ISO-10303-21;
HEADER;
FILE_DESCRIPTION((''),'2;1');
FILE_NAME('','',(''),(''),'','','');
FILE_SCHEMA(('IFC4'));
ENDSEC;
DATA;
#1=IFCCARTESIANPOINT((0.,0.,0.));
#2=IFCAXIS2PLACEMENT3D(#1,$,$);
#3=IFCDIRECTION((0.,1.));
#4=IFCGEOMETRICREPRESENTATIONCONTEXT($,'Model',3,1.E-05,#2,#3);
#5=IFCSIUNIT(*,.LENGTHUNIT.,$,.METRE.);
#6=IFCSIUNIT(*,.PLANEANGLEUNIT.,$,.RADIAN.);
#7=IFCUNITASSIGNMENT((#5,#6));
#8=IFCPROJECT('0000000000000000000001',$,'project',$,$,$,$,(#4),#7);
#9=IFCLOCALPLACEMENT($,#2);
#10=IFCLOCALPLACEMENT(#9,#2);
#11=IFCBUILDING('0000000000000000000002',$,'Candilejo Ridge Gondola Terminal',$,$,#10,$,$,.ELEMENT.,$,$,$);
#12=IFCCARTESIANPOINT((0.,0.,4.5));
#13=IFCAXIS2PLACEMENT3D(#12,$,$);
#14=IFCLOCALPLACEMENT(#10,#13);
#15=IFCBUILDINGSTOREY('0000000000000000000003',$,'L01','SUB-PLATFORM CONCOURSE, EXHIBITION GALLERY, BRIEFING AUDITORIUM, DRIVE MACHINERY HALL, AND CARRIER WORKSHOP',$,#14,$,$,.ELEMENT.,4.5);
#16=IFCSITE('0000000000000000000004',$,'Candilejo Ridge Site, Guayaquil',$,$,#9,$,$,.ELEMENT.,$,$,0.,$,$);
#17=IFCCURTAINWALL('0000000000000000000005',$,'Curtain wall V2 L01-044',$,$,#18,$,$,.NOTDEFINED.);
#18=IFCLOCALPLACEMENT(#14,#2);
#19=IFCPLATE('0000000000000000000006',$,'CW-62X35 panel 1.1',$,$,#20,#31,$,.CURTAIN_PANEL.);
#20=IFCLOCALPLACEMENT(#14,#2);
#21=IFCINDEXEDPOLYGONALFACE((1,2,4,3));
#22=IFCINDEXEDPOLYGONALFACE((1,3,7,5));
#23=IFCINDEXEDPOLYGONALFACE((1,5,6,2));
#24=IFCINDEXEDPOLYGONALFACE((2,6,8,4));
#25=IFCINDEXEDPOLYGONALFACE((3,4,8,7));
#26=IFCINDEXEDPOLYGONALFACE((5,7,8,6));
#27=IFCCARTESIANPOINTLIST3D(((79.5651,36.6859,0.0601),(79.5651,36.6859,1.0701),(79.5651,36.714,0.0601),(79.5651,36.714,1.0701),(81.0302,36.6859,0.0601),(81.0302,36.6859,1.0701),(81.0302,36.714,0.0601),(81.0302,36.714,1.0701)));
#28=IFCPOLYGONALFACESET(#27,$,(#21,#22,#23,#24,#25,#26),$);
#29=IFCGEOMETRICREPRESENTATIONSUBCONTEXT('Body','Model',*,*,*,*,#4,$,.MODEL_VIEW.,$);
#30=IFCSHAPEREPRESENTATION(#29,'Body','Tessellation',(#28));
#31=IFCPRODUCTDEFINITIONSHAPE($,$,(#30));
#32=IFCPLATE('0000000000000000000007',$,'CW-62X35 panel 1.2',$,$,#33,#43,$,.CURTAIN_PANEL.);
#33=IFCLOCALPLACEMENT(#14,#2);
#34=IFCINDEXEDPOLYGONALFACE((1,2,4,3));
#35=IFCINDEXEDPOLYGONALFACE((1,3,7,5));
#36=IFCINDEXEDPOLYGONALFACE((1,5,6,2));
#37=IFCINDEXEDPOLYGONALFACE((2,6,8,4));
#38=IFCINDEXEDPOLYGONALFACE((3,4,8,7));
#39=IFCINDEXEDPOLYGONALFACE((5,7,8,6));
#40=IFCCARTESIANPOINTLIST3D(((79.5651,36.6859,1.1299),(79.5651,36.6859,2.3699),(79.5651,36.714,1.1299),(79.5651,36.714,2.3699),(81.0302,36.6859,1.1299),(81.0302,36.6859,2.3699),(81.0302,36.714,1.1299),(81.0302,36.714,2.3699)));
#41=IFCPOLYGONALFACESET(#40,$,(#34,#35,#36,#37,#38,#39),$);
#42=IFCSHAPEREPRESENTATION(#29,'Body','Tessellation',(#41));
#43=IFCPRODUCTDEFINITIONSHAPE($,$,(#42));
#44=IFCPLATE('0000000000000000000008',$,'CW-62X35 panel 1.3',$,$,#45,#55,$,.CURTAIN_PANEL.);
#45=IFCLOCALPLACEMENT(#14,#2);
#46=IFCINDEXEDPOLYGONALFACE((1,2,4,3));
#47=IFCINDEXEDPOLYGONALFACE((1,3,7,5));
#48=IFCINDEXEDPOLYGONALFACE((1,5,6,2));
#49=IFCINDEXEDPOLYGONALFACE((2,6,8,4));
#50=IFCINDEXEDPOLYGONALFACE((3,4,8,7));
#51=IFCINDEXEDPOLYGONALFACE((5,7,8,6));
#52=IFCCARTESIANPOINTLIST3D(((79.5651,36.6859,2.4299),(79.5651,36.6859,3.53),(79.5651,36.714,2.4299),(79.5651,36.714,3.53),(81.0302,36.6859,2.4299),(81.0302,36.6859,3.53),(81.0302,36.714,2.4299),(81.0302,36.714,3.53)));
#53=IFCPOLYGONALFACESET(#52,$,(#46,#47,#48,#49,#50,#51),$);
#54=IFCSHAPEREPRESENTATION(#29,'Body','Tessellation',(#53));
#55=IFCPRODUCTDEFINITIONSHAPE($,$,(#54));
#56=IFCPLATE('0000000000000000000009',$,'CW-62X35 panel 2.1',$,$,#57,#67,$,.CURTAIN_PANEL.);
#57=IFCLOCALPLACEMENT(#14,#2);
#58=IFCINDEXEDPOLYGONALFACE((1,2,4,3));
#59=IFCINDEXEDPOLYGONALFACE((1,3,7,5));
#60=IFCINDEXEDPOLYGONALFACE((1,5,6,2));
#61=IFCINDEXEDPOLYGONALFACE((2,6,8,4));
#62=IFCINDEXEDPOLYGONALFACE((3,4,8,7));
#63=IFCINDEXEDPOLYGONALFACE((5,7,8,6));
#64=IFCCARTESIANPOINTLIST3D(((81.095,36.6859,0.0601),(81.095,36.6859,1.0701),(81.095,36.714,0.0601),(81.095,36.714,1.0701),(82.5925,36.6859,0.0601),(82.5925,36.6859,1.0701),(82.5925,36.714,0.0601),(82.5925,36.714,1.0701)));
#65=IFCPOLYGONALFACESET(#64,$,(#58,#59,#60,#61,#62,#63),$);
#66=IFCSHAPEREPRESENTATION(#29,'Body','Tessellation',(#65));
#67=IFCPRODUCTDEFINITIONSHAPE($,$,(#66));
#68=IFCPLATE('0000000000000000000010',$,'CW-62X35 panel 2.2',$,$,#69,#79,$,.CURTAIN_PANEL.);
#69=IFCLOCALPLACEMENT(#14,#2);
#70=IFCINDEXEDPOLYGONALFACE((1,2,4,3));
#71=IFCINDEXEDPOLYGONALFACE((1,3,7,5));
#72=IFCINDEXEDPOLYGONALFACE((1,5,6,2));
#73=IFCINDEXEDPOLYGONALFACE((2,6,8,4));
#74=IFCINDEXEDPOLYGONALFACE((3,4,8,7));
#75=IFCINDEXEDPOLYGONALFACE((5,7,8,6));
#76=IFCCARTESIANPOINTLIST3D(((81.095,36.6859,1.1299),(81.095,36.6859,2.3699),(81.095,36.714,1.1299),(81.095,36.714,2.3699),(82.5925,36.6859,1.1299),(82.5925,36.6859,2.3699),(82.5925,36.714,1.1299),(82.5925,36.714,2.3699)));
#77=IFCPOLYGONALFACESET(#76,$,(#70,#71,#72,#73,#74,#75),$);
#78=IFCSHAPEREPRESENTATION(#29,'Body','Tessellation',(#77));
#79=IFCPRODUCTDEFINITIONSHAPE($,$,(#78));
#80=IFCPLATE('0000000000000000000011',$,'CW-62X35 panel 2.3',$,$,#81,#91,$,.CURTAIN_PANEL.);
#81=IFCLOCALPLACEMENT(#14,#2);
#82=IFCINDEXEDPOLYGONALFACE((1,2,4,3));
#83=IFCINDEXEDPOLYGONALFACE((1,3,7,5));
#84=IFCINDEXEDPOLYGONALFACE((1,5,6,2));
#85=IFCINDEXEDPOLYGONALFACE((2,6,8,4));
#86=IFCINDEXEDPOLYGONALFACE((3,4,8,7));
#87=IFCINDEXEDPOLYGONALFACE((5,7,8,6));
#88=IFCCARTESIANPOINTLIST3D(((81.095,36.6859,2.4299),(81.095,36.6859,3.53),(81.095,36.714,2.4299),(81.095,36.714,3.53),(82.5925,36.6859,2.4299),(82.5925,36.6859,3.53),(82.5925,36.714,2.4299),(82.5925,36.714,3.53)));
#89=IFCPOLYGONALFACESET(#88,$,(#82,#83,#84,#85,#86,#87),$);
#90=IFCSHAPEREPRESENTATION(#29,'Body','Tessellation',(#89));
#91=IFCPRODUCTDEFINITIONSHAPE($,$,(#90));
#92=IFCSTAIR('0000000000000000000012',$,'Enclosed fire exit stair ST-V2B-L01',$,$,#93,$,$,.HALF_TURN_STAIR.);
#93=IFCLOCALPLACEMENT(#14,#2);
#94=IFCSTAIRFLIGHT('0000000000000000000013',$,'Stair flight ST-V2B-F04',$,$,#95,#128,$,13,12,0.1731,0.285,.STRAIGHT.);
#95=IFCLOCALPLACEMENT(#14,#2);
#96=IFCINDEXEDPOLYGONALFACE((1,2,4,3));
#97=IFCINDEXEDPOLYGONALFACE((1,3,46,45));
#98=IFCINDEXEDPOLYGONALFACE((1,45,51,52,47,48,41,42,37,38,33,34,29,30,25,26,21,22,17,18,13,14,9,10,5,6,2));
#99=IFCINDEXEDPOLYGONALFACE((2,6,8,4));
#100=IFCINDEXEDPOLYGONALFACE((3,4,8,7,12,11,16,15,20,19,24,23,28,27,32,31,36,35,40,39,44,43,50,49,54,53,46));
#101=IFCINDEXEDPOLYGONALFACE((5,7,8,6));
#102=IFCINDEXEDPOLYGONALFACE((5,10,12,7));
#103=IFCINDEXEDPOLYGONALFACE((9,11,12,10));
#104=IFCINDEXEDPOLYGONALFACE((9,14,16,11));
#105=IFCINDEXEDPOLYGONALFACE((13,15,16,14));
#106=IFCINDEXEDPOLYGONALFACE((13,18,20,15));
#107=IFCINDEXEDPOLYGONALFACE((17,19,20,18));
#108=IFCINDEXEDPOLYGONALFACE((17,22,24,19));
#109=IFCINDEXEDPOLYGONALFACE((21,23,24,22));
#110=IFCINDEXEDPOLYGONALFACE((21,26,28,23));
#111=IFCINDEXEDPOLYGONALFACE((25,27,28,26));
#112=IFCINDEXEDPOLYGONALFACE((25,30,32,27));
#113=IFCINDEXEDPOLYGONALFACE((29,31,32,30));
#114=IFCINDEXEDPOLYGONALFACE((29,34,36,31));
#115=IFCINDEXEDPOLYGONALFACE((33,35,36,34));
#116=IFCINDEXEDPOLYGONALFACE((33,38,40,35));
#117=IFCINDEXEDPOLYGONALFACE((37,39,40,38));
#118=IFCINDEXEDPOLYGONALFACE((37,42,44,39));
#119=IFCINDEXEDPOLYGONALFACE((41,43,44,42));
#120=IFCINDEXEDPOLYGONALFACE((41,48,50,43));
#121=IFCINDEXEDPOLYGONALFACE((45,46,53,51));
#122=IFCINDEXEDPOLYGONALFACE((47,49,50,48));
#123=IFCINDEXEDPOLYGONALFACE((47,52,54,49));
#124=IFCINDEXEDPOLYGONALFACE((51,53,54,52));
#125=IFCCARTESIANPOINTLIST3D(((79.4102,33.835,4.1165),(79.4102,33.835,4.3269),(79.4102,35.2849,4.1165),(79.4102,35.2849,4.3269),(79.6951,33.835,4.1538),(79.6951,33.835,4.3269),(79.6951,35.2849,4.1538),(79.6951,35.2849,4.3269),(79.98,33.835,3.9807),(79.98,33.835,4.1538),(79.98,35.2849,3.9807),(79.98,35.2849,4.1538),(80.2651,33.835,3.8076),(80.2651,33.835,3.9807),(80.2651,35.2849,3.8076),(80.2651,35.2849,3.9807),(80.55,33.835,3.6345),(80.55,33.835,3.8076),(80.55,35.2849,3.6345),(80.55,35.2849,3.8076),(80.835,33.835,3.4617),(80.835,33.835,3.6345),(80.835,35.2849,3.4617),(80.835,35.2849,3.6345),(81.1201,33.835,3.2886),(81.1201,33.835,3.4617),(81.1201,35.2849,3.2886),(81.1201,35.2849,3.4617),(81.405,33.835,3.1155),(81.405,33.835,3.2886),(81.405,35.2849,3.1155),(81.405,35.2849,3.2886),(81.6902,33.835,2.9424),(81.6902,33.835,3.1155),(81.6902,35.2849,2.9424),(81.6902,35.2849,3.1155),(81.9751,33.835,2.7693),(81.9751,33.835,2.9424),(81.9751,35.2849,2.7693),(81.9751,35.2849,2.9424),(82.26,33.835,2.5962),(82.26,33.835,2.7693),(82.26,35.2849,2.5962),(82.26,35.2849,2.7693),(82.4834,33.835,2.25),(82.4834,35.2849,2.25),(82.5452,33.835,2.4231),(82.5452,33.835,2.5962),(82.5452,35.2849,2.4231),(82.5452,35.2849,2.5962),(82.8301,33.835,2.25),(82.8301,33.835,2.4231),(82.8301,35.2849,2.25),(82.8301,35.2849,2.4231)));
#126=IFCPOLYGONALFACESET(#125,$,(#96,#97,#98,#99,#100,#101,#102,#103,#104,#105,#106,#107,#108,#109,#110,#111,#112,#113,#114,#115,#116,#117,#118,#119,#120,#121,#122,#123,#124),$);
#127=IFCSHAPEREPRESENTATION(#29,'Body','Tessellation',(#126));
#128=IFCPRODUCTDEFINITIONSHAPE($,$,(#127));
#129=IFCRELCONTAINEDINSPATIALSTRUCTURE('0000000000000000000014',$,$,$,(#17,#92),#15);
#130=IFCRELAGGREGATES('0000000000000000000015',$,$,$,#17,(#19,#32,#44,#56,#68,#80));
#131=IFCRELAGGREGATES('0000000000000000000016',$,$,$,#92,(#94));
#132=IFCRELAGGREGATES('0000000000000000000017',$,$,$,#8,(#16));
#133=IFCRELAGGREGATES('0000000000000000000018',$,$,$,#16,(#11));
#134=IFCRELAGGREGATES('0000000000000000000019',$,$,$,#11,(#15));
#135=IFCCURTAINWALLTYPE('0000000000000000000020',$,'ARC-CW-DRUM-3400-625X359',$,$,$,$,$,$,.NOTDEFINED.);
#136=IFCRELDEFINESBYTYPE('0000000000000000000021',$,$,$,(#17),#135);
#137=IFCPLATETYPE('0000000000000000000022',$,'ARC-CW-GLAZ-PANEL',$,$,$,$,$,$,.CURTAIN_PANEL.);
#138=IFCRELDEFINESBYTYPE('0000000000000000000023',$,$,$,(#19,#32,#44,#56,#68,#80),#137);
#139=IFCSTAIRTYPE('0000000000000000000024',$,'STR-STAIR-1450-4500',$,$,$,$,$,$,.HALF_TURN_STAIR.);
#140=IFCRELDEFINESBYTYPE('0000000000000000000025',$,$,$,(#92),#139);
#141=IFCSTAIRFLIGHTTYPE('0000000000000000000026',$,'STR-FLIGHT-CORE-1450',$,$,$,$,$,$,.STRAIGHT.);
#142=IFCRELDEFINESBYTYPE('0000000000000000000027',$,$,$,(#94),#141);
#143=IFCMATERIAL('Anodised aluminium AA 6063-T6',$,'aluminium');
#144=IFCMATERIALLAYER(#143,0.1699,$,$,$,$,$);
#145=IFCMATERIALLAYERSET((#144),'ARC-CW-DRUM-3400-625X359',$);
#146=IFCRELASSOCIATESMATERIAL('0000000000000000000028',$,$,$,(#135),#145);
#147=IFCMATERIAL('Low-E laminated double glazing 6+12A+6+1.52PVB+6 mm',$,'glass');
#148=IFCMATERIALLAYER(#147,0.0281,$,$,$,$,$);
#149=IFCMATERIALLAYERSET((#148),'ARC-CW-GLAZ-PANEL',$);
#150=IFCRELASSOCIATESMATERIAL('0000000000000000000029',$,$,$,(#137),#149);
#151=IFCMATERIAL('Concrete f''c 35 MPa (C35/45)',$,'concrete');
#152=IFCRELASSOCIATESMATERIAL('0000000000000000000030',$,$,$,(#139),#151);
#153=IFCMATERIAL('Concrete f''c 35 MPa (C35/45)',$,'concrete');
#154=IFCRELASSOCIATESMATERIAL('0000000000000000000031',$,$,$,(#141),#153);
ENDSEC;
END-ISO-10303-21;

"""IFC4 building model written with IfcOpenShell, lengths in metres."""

from ifc_helpers import new_model, si_unit, direction, frame, origin, origin_2d, place, context, subcontext, project, spatial, polyline, rectangle, outline, extrude, material, layer, layer_set, type_object, element, aggregate, save


model = new_model("IFC4")

# Units and contexts
model_context = context("Model", 3, precision=1e-05, world=origin(), true_north=direction((0.0, 1.0)))
body_context = subcontext(model_context, "Body", "Model", "MODEL_VIEW")
ifc_project = project(units=[si_unit("LENGTHUNIT", "METRE"), si_unit("PLANEANGLEUNIT", "RADIAN")], contexts=[model_context])

# Site, building, storey
site_placement = place(None, origin())
site = spatial("IfcSite", under=ifc_project, at=site_placement, Name="Candilejo Ridge Site, Guayaquil", CompositionType="ELEMENT", RefElevation=0.0)
building_placement = place(site_placement, origin())
building = spatial("IfcBuilding", under=site, at=building_placement, Name="Candilejo Ridge Gondola Terminal", CompositionType="ELEMENT")
storey_placement = place(building_placement, frame((0.0, 0.0, 4.5)))
storey = spatial("IfcBuildingStorey", under=building, at=storey_placement, Name="L01", Description="SUB-PLATFORM CONCOURSE, EXHIBITION GALLERY, BRIEFING AUDITORIUM, DRIVE MACHINERY HALL, AND CARRIER WORKSHOP", CompositionType="ELEMENT", Elevation=4.5)

# Curtain wall, plates
ifc_material_1 = material(Name="Anodised aluminium AA 6063-T6", Category="aluminium")
ifc_layer_1 = layer(ifc_material_1, 0.1699)
ifc_layer_set_1 = layer_set([ifc_layer_1], Name="ARC-CW-DRUM-3400-625X359")
curtain_wall_type = type_object("IfcCurtainWallType", Name="ARC-CW-DRUM-3400-625X359", PredefinedType="NOTDEFINED", material=ifc_layer_set_1)
curtain_wall_placement = place(storey_placement, origin())
curtain_wall = element("IfcCurtainWall", 1, at=curtain_wall_placement, inside=storey, type_object=curtain_wall_type, Name="Curtain wall V2 L01-044", PredefinedType="NOTDEFINED")
ifc_material_2 = material(Name="Low-E laminated double glazing 6+12A+6+1.52PVB+6 mm", Category="glass")
ifc_layer_2 = layer(ifc_material_2, 0.0281)
ifc_layer_set_2 = layer_set([ifc_layer_2], Name="ARC-CW-GLAZ-PANEL")
plate_type = type_object("IfcPlateType", Name="ARC-CW-GLAZ-PANEL", PredefinedType="CURTAIN_PANEL", material=ifc_layer_set_2)
plate_1_placement = place(storey_placement, frame((80.2976, 36.7, 0.0601), z_axis=(0.0, 0.0, 1.0), x_axis=(1.0, 0.0, 0.0)))
plate_1 = element("IfcPlate", 2, at=plate_1_placement, type_object=plate_type, Name="CW-62X35 panel 1.1", PredefinedType="CURTAIN_PANEL", context=body_context, shape_type="SweptSolid", body=[
    extrude(rectangle(XDim=1.4651, YDim=0.0281, at=origin_2d()), origin(), (0.0, 0.0, 1.0), 1.01),
])
plate_2_placement = place(storey_placement, frame((80.2976, 36.7, 1.1299), z_axis=(0.0, 0.0, 1.0), x_axis=(1.0, 0.0, 0.0)))
plate_2 = element("IfcPlate", 3, at=plate_2_placement, type_object=plate_type, Name="CW-62X35 panel 1.2", PredefinedType="CURTAIN_PANEL", context=body_context, shape_type="SweptSolid", body=[
    extrude(rectangle(XDim=1.4651, YDim=0.0281, at=origin_2d()), origin(), (0.0, 0.0, 1.0), 1.24),
])
plate_3_placement = place(storey_placement, frame((80.2976, 36.7, 2.4299), z_axis=(0.0, 0.0, 1.0), x_axis=(1.0, 0.0, 0.0)))
plate_3 = element("IfcPlate", 4, at=plate_3_placement, type_object=plate_type, Name="CW-62X35 panel 1.3", PredefinedType="CURTAIN_PANEL", context=body_context, shape_type="SweptSolid", body=[
    extrude(rectangle(XDim=1.4651, YDim=0.0281, at=origin_2d()), origin(), (0.0, 0.0, 1.0), 1.1001),
])
plate_4_placement = place(storey_placement, frame((81.8438, 36.7, 0.0601), z_axis=(0.0, 0.0, 1.0), x_axis=(1.0, 0.0, 0.0)))
plate_4 = element("IfcPlate", 5, at=plate_4_placement, type_object=plate_type, Name="CW-62X35 panel 2.1", PredefinedType="CURTAIN_PANEL", context=body_context, shape_type="SweptSolid", body=[
    extrude(rectangle(XDim=1.4976, YDim=0.0281, at=origin_2d()), origin(), (0.0, 0.0, 1.0), 1.01),
])
plate_5_placement = place(storey_placement, frame((81.8438, 36.7, 1.1299), z_axis=(0.0, 0.0, 1.0), x_axis=(1.0, 0.0, 0.0)))
plate_5 = element("IfcPlate", 6, at=plate_5_placement, type_object=plate_type, Name="CW-62X35 panel 2.2", PredefinedType="CURTAIN_PANEL", context=body_context, shape_type="SweptSolid", body=[
    extrude(rectangle(XDim=1.4976, YDim=0.0281, at=origin_2d()), origin(), (0.0, 0.0, 1.0), 1.24),
])
plate_6_placement = place(storey_placement, frame((81.8438, 36.7, 2.4299), z_axis=(0.0, 0.0, 1.0), x_axis=(1.0, 0.0, 0.0)))
plate_6 = element("IfcPlate", 7, at=plate_6_placement, type_object=plate_type, Name="CW-62X35 panel 2.3", PredefinedType="CURTAIN_PANEL", context=body_context, shape_type="SweptSolid", body=[
    extrude(rectangle(XDim=1.4976, YDim=0.0281, at=origin_2d()), origin(), (0.0, 0.0, 1.0), 1.1001),
])
aggregate(curtain_wall, [plate_1, plate_2, plate_3, plate_4, plate_5, plate_6])

# Stair, stair flight
ifc_material_3 = material(Name="Concrete f'c 35 MPa (C35/45)", Category="concrete")
stair_type = type_object("IfcStairType", Name="STR-STAIR-1450-4500", PredefinedType="HALF_TURN_STAIR", material=ifc_material_3)
stair_placement = place(storey_placement, origin())
stair = element("IfcStair", 8, at=stair_placement, inside=storey, type_object=stair_type, Name="Enclosed fire exit stair ST-V2B-L01", PredefinedType="HALF_TURN_STAIR")
ifc_material_4 = material(Name="Concrete f'c 35 MPa (C35/45)", Category="concrete")
stair_flight_type = type_object("IfcStairFlightType", Name="STR-FLIGHT-CORE-1450", PredefinedType="STRAIGHT", material=ifc_material_4)
stair_flight_placement = place(storey_placement, frame((82.8301, 34.5601, 2.25), z_axis=(0.0, 0.0, 1.0), x_axis=(-1.0, 0.0, 0.0)))
stair_flight = element("IfcStairFlight", 9, at=stair_flight_placement, type_object=stair_flight_type, Name="Stair flight ST-V2B-F04", NumberOfRisers=13, NumberOfTreads=12, PredefinedType="STRAIGHT", RiserHeight=0.1731, TreadLength=0.285, context=body_context, shape_type="SweptSolid", body=[
    extrude(outline(polyline([(0.0, 0.0), (0.0, 0.1731), (0.2849, 0.1731), (0.2849, 0.3462), (0.5701, 0.3462), (0.5701, 0.5193), (0.855, 0.5193), (0.855, 0.6924), (1.1399, 0.6924), (1.1399, 0.8655), (1.425, 0.8655), (1.425, 1.0386), (1.71, 1.0386), (1.71, 1.2117), (1.9951, 1.2117), (1.9951, 1.3845), (2.28, 1.3845), (2.28, 1.5576), (2.5649, 1.5576), (2.5649, 1.7307), (2.8501, 1.7307), (2.8501, 1.9038), (3.135, 1.9038), (3.135, 2.0769), (3.4199, 2.0769), (3.4199, 2.25), (3.4199, 1.8665), (0.3467, 0.0), (0.0, 0.0)])), frame((0.0, 0.7251, 0.0), z_axis=(0.0, -1.0, 0.0), x_axis=(1.0, 0.0, 0.0)), (0.0, 0.0, 1.0), 1.45),
])
aggregate(stair, [stair_flight])

save(model, "model.ifc")
